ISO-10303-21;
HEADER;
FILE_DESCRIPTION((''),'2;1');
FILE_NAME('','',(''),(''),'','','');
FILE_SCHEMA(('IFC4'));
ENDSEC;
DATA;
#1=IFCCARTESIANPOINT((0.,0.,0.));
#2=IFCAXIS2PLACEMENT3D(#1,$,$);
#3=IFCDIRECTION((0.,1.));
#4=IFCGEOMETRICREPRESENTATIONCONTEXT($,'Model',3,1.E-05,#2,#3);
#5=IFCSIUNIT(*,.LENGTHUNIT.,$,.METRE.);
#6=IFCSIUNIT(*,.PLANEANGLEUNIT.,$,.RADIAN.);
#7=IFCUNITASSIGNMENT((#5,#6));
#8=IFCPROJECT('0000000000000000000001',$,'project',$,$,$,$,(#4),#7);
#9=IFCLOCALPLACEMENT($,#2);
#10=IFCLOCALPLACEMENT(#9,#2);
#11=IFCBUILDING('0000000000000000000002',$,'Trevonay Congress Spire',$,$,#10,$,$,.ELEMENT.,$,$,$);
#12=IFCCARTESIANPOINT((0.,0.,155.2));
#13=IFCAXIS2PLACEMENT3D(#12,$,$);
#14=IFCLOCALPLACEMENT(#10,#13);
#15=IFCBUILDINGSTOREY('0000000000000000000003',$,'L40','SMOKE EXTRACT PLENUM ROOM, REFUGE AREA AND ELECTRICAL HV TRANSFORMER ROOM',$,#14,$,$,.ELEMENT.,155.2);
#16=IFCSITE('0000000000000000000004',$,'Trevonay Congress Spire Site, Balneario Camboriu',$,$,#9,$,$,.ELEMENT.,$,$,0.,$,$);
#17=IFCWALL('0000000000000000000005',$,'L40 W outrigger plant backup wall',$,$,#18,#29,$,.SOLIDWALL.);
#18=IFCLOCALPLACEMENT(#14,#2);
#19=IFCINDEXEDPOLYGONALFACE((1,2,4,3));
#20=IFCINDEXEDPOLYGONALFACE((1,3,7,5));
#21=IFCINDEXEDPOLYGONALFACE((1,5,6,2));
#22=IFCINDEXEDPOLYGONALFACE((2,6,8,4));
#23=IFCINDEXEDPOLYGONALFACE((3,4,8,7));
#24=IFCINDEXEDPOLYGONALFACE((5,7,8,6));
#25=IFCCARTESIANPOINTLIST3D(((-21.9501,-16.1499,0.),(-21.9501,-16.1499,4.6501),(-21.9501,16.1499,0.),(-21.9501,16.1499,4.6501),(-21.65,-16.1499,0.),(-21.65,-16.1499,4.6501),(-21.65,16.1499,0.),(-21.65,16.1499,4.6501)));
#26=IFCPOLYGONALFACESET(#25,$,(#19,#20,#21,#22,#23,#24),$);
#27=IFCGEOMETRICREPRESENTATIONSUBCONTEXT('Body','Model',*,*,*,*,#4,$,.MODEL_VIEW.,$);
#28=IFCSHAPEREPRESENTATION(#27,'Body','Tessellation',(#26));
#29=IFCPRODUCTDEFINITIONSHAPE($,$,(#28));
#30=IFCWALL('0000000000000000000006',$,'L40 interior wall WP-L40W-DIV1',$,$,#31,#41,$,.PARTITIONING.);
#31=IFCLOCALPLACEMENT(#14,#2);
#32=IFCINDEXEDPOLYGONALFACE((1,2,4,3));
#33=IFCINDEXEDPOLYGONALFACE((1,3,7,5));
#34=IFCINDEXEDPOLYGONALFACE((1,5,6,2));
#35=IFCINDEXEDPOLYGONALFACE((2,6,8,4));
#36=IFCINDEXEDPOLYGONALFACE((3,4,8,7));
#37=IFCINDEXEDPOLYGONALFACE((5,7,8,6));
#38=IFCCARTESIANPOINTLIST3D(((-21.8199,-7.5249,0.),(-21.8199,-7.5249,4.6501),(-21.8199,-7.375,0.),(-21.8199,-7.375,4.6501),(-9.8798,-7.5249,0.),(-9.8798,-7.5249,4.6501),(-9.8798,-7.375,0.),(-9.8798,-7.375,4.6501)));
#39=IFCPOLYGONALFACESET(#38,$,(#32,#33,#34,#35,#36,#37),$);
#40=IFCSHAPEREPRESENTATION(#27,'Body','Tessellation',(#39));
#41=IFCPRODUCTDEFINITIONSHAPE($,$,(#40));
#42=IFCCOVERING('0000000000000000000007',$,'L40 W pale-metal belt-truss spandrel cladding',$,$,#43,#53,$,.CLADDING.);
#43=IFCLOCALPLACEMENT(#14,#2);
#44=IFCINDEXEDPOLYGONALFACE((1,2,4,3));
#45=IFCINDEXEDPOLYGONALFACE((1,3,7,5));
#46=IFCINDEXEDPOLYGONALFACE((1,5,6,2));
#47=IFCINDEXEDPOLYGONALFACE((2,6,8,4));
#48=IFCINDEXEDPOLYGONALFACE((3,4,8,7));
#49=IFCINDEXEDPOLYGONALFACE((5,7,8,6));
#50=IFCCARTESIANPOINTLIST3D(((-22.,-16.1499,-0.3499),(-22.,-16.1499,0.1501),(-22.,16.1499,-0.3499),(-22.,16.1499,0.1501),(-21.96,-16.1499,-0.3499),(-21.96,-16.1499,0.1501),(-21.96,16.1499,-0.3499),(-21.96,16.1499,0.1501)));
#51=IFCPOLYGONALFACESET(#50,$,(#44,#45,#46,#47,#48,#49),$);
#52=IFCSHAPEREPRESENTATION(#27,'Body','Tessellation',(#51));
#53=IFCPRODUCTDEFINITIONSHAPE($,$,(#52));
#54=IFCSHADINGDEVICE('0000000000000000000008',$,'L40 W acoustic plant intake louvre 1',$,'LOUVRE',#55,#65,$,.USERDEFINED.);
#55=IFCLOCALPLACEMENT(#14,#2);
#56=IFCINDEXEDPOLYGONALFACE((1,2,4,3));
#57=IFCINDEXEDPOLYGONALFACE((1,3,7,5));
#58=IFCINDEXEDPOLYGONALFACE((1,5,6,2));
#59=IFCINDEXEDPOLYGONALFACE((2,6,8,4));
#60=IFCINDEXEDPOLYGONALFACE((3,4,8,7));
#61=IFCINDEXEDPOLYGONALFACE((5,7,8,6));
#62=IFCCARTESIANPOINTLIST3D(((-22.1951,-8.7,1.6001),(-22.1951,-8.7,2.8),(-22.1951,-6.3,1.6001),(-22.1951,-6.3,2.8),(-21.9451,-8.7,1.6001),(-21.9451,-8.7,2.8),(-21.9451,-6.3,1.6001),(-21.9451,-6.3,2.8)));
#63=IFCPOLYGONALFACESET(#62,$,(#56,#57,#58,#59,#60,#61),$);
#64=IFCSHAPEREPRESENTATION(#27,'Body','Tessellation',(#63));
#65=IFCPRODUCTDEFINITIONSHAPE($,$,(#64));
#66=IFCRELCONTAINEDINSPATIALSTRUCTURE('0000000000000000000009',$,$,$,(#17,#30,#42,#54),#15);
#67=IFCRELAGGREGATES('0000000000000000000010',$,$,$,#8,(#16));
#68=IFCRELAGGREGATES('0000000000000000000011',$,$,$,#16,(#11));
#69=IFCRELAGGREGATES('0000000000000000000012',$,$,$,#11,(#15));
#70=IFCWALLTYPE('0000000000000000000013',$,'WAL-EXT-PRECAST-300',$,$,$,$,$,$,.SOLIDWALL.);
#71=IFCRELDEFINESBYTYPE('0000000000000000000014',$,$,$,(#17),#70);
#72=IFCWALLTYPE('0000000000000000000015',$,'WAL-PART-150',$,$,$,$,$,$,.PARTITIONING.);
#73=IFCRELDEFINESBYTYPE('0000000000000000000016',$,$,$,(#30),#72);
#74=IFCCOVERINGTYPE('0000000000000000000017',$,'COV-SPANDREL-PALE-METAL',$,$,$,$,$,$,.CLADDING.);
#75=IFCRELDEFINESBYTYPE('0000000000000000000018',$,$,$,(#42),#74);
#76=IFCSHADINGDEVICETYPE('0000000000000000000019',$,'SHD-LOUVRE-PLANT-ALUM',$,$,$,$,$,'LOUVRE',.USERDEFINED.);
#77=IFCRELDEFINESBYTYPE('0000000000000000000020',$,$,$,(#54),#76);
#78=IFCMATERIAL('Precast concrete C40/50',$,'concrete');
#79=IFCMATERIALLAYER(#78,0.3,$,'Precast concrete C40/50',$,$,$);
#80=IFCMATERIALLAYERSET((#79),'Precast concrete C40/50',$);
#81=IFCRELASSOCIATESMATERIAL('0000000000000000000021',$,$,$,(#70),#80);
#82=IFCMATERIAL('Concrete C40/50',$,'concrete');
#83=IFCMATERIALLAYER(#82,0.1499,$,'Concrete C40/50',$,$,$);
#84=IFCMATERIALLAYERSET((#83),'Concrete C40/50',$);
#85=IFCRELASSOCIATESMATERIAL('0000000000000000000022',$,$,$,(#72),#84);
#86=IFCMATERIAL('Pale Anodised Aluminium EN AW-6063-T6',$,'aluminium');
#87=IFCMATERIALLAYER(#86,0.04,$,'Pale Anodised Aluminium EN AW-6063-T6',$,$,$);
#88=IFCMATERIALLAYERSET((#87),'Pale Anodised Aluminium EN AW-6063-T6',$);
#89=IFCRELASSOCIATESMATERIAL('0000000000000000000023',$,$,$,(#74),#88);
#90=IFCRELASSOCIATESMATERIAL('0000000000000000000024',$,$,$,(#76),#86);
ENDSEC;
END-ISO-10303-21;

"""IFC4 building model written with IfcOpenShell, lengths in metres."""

from ifc_helpers import new_model, si_unit, direction, frame, frame_2d, origin, origin_2d, place, context, subcontext, project, spatial, rectangle, extrude, material, layer, layer_set, type_object, element, save


model = new_model("IFC4")

# Units and contexts
model_context = context("Model", 3, precision=1e-05, world=origin(), true_north=direction((0.0, 1.0)))
body_context = subcontext(model_context, "Body", "Model", "MODEL_VIEW")
ifc_project = project(units=[si_unit("LENGTHUNIT", "METRE"), si_unit("PLANEANGLEUNIT", "RADIAN")], contexts=[model_context])

# Site, building, storey
site_placement = place(None, origin())
site = spatial("IfcSite", under=ifc_project, at=site_placement, Name="Trevonay Congress Spire Site, Balneario Camboriu", CompositionType="ELEMENT", RefElevation=0.0)
building_placement = place(site_placement, origin())
building = spatial("IfcBuilding", under=site, at=building_placement, Name="Trevonay Congress Spire", CompositionType="ELEMENT")
storey_placement = place(building_placement, frame((0.0, 0.0, 155.2)))
storey = spatial("IfcBuildingStorey", under=building, at=storey_placement, Name="L40", Description="SMOKE EXTRACT PLENUM ROOM, REFUGE AREA AND ELECTRICAL HV TRANSFORMER ROOM", CompositionType="ELEMENT", Elevation=155.2)

# Shared definitions
ifc_material_1 = material(Name="Concrete C40/50", Category="concrete")
ifc_material_2 = material(Name="Pale Anodised Aluminium EN AW-6063-T6", Category="aluminium")

# Walls
ifc_material_3 = material(Name="Precast concrete C40/50", Category="concrete")
ifc_layer_1 = layer(ifc_material_3, 0.3, Name="Precast concrete C40/50")
ifc_layer_set_1 = layer_set([ifc_layer_1], Name="Precast concrete C40/50")
wall_type_1 = type_object("IfcWallType", Name="WAL-EXT-PRECAST-300", PredefinedType="SOLIDWALL", material=ifc_layer_set_1)
wall_1_placement = place(storey_placement, frame((-21.8, -16.1499, 0.0), z_axis=(0.0, 0.0, 1.0), x_axis=(0.0, 1.0, 0.0)))
element("IfcWall", 1, at=wall_1_placement, inside=storey, type_object=wall_type_1, Name="L40 W outrigger plant backup wall", PredefinedType="SOLIDWALL", context=body_context, shape_type="SweptSolid", body=[
    extrude(rectangle(XDim=32.2998, YDim=0.3, at=frame_2d((16.1499, 0.0))), origin(), (0.0, 0.0, 1.0), 4.6501),
])
ifc_layer_2 = layer(ifc_material_1, 0.1499, Name="Concrete C40/50")
ifc_layer_set_2 = layer_set([ifc_layer_2], Name="Concrete C40/50")
wall_type_2 = type_object("IfcWallType", Name="WAL-PART-150", PredefinedType="PARTITIONING", material=ifc_layer_set_2)
wall_2_placement = place(storey_placement, frame((-21.8201, -7.45, 0.0), z_axis=(0.0, 0.0, 1.0), x_axis=(1.0, 0.0, 0.0)))
element("IfcWall", 2, at=wall_2_placement, inside=storey, type_object=wall_type_2, Name="L40 interior wall WP-L40W-DIV1", PredefinedType="PARTITIONING", context=body_context, shape_type="SweptSolid", body=[
    extrude(rectangle(XDim=11.9402, YDim=0.1499, at=frame_2d((5.9702, 0.0))), origin(), (0.0, 0.0, 1.0), 4.6501),
])

# Covering
ifc_layer_3 = layer(ifc_material_2, 0.04, Name="Pale Anodised Aluminium EN AW-6063-T6")
ifc_layer_set_3 = layer_set([ifc_layer_3], Name="Pale Anodised Aluminium EN AW-6063-T6")
covering_type = type_object("IfcCoveringType", Name="COV-SPANDREL-PALE-METAL", PredefinedType="CLADDING", material=ifc_layer_set_3)
covering_placement = place(storey_placement, frame((-21.98, -16.1499, -0.3499), z_axis=(0.0, 0.0, 1.0), x_axis=(0.0, 1.0, 0.0)))
element("IfcCovering", 3, at=covering_placement, inside=storey, type_object=covering_type, Name="L40 W pale-metal belt-truss spandrel cladding", PredefinedType="CLADDING", context=body_context, shape_type="SweptSolid", body=[
    extrude(rectangle(XDim=32.2998, YDim=0.04, at=frame_2d((16.1499, 0.0))), origin(), (0.0, 0.0, 1.0), 0.5),
])

# Shading device
shading_device_type = type_object("IfcShadingDeviceType", Name="SHD-LOUVRE-PLANT-ALUM", ElementType="LOUVRE", PredefinedType="USERDEFINED", material=ifc_material_2)
shading_device_placement = place(storey_placement, frame((-22.0701, -7.5, 1.6001), z_axis=(0.0, 0.0, 1.0), x_axis=(0.0, 1.0, 0.0)))
element("IfcShadingDevice", 4, at=shading_device_placement, inside=storey, type_object=shading_device_type, Name="L40 W acoustic plant intake louvre 1", ObjectType="LOUVRE", PredefinedType="USERDEFINED", context=body_context, shape_type="SweptSolid", body=[
    extrude(rectangle(XDim=2.3999, YDim=0.25, at=origin_2d()), origin(), (0.0, 0.0, 1.0), 1.2),
])

save(model, "model.ifc")
